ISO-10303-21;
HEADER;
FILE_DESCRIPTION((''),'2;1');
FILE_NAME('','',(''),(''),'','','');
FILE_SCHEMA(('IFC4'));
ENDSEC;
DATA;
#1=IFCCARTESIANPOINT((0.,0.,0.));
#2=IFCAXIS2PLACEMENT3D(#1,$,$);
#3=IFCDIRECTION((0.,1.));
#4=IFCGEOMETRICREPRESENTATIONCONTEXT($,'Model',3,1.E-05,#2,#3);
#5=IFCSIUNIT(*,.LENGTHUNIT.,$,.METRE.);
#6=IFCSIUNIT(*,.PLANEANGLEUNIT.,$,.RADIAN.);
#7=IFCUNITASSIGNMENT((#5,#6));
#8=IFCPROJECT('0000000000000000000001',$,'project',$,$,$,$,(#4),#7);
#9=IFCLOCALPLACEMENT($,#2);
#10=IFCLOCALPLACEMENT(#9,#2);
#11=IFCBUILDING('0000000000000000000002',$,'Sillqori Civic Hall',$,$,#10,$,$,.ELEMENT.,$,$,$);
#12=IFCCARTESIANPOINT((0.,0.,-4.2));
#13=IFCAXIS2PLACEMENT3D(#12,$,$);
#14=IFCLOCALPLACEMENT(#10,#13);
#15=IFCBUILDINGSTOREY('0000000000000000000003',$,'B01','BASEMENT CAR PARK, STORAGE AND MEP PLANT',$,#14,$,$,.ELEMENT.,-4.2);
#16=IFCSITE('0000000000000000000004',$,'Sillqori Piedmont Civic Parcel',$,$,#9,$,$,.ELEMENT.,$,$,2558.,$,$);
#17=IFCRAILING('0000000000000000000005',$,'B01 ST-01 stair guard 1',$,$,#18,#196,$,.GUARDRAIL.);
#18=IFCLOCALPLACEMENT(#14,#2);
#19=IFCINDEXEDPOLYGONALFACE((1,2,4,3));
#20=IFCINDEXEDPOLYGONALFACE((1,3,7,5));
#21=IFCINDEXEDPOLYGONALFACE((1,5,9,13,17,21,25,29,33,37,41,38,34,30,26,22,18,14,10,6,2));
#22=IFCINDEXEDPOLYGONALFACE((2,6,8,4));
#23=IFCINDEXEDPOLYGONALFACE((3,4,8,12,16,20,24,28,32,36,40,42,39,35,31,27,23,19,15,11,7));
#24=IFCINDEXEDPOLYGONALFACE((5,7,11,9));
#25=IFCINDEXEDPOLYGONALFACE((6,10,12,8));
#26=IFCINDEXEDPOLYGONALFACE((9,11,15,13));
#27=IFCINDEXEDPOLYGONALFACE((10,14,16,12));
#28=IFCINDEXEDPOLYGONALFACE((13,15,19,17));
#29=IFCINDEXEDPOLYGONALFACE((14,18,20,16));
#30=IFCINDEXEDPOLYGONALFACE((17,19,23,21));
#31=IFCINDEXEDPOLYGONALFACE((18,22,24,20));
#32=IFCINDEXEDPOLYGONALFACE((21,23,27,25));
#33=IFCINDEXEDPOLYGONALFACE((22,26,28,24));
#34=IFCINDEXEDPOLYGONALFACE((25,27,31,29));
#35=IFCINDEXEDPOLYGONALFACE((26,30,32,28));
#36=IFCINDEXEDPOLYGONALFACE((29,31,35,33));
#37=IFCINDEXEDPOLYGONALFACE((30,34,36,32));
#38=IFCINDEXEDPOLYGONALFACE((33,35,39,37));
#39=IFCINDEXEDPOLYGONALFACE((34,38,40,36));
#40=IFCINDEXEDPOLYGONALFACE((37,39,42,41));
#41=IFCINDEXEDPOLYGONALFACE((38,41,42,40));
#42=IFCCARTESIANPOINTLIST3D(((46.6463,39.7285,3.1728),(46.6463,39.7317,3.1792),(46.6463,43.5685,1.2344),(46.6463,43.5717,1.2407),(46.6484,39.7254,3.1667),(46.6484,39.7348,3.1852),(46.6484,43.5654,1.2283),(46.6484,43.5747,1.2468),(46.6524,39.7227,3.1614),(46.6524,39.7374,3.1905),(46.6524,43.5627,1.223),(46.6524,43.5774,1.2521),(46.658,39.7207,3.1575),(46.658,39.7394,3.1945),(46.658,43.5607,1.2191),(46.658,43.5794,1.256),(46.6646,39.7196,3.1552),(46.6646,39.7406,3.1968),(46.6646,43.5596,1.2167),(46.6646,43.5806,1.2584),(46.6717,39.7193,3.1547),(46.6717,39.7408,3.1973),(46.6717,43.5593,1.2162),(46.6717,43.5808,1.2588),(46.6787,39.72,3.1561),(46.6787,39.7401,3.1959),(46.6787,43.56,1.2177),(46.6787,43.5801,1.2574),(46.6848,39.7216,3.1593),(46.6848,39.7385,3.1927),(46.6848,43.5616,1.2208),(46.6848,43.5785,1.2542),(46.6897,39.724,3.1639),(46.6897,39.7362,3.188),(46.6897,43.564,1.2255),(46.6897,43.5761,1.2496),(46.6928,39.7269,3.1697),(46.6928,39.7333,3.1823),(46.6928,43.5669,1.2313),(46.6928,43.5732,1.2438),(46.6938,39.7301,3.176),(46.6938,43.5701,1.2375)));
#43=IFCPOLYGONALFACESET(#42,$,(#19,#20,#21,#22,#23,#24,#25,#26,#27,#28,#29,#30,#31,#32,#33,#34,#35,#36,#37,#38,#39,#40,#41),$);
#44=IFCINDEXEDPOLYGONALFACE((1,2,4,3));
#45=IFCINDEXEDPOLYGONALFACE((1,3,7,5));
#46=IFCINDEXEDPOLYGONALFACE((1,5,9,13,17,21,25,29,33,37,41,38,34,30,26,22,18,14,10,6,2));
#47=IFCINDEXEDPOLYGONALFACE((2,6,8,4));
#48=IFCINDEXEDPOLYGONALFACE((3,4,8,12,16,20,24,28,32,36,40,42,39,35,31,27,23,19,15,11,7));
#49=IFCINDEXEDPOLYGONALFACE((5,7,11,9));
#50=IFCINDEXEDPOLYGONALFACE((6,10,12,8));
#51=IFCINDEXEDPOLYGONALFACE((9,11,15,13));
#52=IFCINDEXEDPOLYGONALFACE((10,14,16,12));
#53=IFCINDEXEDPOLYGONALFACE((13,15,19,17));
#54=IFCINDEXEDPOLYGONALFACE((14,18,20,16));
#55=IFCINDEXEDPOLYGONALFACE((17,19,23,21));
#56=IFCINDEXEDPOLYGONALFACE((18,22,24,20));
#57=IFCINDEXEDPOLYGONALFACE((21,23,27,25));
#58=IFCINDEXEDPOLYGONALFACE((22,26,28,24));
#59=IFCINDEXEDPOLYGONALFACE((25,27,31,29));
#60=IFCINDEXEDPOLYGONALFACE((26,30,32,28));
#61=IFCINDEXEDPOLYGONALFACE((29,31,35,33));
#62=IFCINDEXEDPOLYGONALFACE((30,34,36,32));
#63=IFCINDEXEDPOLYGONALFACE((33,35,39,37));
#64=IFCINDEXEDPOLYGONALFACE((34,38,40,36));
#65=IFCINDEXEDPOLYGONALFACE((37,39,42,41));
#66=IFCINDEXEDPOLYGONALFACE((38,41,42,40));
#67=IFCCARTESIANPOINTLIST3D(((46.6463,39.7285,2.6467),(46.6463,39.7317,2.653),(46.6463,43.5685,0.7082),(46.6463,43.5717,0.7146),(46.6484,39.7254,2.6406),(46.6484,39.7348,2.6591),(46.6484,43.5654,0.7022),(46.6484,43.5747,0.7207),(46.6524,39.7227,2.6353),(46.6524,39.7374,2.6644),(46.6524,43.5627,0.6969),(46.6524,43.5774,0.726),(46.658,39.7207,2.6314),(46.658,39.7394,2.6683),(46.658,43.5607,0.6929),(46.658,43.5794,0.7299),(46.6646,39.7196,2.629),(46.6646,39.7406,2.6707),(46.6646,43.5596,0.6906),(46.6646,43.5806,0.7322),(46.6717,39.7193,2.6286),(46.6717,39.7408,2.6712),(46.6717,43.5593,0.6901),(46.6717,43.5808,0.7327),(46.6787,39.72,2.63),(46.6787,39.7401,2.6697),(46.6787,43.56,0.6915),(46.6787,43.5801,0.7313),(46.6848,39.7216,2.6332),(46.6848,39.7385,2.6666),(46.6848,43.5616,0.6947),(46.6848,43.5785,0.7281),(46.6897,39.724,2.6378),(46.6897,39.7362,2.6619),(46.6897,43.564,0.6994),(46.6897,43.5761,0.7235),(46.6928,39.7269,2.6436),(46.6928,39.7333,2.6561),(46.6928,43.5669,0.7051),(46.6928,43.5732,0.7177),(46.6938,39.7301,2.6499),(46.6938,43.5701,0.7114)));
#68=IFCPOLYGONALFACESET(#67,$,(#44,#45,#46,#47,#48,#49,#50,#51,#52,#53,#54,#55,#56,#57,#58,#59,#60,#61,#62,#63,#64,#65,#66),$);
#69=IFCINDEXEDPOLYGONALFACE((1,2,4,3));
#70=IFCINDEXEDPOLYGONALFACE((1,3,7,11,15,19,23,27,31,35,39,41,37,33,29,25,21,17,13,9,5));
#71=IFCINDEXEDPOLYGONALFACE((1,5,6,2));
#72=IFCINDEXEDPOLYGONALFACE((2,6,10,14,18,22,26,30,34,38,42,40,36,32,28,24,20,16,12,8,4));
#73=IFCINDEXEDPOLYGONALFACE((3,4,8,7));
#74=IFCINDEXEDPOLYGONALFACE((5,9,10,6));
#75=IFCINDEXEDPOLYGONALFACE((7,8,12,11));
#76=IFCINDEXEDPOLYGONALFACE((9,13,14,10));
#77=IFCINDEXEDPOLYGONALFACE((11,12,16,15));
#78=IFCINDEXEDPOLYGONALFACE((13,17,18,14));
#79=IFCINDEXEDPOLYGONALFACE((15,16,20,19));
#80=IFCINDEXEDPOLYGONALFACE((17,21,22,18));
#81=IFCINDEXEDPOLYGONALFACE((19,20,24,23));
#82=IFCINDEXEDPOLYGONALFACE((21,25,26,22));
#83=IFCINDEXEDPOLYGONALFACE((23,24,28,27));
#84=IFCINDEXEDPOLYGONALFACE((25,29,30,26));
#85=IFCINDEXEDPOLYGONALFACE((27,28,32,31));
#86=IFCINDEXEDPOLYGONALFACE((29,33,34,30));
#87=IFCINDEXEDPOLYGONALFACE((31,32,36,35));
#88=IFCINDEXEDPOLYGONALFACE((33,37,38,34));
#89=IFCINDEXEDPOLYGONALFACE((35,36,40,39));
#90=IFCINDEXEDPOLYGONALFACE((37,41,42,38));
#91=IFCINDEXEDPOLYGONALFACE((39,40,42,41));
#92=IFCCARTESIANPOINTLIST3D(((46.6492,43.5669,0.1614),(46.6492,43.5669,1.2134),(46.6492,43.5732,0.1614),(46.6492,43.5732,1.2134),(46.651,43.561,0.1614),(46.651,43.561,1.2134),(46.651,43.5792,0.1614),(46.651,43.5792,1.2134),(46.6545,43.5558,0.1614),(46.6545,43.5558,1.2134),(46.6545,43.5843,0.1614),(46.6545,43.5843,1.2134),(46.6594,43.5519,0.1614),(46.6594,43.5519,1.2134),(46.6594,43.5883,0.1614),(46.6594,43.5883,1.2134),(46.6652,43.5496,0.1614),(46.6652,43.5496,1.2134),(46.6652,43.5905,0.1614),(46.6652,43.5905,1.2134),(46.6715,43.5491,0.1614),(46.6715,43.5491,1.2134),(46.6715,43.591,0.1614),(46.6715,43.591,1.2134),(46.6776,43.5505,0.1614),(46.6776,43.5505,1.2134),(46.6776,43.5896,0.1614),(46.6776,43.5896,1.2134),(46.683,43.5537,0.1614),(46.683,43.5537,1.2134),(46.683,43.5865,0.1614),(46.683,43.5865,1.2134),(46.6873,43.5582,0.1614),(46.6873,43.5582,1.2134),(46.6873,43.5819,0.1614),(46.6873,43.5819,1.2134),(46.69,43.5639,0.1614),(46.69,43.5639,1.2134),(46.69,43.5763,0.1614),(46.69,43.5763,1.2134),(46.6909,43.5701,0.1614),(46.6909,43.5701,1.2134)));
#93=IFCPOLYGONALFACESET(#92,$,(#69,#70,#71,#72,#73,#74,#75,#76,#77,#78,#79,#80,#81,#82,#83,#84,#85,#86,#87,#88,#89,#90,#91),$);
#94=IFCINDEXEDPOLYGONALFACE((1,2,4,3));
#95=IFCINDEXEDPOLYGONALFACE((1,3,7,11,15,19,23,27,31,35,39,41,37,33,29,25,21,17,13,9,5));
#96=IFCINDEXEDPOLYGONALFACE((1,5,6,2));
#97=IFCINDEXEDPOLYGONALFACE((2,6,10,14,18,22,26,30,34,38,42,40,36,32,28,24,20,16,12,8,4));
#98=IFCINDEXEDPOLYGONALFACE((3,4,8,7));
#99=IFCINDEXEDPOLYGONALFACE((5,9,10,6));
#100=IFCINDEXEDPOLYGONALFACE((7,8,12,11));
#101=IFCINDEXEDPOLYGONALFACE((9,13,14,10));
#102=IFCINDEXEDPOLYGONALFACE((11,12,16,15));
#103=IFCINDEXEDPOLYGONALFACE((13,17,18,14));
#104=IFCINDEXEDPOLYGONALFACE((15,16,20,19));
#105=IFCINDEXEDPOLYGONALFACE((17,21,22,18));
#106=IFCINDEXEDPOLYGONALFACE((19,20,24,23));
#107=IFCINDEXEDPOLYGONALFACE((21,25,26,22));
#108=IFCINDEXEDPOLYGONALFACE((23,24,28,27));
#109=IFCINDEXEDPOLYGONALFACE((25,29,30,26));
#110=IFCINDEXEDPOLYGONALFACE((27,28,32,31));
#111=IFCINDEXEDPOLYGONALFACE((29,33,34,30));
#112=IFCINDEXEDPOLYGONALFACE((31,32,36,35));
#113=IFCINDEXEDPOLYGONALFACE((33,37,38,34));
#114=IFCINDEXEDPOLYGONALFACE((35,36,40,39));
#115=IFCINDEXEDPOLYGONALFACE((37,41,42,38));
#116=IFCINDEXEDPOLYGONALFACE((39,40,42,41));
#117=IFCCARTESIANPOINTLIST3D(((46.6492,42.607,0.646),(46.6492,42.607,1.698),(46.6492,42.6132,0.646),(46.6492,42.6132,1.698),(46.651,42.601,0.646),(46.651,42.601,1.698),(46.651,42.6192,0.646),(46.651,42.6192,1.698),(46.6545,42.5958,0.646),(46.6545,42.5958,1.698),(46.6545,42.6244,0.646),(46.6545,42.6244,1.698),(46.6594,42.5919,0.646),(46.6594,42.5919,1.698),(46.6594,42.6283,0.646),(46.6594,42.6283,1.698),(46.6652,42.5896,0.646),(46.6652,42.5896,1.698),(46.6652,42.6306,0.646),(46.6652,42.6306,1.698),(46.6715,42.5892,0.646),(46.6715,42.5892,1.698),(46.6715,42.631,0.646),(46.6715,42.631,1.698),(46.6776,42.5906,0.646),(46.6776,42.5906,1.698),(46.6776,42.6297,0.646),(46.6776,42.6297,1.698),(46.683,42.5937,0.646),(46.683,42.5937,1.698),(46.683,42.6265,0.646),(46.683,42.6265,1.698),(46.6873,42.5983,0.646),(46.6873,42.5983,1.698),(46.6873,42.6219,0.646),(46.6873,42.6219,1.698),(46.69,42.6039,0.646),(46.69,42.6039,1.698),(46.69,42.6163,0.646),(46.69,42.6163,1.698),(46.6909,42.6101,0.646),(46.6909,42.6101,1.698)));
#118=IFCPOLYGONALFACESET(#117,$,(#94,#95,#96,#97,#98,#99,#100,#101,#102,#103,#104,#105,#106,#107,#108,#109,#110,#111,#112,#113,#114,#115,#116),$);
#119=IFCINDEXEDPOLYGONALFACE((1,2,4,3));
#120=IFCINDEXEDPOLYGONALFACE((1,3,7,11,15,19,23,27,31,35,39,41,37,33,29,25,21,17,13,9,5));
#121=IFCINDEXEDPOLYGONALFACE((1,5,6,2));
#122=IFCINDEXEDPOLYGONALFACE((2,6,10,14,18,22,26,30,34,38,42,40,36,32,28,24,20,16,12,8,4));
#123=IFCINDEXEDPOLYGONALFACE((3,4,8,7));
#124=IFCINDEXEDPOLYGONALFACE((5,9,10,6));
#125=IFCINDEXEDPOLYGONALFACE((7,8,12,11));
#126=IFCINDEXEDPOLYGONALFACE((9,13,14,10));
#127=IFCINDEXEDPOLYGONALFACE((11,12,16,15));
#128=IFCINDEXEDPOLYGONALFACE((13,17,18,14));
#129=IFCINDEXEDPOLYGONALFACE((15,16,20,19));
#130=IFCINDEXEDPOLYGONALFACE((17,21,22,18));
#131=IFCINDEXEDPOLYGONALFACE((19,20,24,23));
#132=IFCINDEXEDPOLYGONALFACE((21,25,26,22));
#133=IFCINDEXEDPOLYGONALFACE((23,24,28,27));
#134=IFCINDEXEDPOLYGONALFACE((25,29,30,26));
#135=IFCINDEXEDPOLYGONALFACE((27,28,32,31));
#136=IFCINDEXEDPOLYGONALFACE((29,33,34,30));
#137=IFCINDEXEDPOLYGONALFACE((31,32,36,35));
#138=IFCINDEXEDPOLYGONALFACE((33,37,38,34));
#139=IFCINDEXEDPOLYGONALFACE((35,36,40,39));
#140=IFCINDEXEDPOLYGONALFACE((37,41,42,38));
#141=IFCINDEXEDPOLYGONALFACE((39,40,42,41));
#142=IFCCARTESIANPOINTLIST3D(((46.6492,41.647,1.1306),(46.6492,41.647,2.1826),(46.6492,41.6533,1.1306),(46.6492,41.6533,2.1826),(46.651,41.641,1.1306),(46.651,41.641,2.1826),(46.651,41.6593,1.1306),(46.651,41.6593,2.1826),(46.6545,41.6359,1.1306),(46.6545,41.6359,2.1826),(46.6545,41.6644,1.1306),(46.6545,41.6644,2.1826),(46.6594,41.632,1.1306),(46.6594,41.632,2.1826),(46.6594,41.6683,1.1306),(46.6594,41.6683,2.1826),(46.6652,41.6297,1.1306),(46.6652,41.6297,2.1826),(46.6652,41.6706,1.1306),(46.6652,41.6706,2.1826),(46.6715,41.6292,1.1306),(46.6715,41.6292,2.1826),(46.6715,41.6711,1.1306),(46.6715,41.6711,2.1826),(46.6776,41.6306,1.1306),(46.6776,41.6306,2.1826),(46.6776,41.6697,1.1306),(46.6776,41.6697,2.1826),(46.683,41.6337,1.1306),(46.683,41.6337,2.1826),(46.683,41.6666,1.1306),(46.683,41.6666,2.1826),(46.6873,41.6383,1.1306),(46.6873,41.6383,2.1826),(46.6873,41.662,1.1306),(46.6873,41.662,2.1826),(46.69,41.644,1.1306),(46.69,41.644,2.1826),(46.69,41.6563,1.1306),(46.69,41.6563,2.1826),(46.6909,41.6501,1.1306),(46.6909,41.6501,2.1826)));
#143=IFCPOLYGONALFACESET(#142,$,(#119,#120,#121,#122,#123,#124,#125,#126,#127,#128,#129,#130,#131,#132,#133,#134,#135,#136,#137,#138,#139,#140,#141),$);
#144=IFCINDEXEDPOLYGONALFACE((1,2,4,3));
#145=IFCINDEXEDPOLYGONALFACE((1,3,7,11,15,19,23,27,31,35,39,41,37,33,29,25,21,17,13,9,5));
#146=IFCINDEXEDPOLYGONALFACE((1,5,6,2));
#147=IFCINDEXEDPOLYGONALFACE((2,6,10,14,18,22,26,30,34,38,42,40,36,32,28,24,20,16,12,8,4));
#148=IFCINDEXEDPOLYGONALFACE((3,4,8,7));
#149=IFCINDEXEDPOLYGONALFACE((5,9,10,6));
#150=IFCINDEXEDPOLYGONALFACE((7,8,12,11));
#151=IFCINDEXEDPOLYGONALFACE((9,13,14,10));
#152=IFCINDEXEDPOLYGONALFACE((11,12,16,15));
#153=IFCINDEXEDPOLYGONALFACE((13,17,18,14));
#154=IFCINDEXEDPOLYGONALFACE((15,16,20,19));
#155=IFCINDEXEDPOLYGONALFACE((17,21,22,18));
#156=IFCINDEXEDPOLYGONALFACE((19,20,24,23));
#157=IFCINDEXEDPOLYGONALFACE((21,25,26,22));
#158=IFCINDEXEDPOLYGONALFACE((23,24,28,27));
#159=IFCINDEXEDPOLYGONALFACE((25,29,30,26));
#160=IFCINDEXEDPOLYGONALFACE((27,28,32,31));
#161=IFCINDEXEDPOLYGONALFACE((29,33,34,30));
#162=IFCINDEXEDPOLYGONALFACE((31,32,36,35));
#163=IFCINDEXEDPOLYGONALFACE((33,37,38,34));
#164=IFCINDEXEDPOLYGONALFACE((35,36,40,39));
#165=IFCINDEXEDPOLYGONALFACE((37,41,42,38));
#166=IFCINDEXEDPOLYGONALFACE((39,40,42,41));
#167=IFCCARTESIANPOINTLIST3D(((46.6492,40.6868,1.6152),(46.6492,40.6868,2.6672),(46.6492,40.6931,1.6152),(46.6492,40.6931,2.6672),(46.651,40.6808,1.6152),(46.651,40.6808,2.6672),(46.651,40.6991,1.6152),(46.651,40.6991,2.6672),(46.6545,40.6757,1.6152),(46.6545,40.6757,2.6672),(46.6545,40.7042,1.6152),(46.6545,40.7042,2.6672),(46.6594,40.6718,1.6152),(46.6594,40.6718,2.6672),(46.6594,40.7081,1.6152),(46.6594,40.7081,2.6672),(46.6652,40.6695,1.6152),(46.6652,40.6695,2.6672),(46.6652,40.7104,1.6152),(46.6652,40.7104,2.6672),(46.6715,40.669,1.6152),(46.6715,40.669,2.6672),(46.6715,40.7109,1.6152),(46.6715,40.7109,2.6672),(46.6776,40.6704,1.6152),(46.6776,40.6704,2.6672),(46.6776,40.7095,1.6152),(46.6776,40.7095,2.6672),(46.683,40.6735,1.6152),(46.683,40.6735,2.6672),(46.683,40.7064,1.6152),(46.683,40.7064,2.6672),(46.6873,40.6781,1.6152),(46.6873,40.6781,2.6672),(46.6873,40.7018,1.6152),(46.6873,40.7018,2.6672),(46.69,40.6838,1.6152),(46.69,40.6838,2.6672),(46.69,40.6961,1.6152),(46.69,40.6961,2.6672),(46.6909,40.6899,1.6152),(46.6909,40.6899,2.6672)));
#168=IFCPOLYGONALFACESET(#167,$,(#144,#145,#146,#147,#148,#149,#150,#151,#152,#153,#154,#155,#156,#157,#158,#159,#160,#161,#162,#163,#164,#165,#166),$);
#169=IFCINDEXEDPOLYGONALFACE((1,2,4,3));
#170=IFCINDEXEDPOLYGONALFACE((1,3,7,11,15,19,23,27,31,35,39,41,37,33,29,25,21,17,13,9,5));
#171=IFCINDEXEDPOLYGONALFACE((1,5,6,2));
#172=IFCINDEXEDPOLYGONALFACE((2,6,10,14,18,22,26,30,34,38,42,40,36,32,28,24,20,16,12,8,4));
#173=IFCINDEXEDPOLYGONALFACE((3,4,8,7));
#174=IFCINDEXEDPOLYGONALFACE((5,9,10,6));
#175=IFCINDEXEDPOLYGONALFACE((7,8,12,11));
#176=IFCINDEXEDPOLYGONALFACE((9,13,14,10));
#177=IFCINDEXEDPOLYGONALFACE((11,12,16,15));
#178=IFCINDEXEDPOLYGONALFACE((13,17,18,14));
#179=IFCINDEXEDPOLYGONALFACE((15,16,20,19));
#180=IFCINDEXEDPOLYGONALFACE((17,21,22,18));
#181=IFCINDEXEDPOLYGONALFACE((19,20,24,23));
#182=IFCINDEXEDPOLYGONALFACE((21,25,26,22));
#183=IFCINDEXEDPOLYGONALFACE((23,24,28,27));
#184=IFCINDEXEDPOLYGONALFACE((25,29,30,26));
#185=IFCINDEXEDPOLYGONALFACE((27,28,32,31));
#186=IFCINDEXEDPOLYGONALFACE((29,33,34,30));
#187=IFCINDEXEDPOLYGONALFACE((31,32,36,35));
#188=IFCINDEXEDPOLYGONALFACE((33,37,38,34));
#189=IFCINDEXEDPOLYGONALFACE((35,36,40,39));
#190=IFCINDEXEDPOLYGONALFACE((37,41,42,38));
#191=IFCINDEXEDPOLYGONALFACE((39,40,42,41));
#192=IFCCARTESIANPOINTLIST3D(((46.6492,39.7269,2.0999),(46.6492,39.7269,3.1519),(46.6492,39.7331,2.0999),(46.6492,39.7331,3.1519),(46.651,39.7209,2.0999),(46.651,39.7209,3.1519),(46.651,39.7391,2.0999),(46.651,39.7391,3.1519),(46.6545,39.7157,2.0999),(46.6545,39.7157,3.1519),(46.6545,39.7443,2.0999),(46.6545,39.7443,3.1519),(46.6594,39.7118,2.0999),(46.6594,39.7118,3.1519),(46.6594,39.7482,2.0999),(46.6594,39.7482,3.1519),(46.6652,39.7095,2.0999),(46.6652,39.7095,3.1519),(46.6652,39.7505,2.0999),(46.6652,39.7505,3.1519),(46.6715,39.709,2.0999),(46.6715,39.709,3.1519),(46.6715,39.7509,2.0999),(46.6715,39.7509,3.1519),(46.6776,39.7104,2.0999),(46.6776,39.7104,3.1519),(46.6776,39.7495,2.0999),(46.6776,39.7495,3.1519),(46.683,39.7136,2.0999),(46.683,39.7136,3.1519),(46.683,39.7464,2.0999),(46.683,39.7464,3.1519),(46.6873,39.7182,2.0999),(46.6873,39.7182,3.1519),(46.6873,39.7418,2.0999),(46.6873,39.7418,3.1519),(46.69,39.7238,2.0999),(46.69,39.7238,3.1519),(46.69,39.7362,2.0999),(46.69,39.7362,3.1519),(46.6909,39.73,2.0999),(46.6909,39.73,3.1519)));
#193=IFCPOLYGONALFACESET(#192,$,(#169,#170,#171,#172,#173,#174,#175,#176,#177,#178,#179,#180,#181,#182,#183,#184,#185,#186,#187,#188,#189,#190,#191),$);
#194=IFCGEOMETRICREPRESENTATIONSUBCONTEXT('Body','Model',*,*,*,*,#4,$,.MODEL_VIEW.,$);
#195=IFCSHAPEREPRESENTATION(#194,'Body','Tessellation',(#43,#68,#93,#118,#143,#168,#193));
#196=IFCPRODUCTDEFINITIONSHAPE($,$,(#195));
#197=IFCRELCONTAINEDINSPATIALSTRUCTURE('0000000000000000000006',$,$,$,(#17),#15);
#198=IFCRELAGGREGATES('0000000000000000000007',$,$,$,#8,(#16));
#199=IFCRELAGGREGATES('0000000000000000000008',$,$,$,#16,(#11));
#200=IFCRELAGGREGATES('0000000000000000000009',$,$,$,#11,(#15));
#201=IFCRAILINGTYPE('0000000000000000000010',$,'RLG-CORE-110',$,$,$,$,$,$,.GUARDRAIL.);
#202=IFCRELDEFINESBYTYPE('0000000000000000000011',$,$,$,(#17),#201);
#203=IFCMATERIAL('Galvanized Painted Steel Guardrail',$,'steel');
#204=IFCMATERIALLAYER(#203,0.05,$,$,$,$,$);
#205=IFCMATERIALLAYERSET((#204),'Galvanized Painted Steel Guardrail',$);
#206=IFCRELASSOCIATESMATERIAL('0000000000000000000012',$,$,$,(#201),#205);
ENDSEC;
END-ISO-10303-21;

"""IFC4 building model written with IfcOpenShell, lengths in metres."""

from ifc_helpers import new_model, si_unit, direction, frame, origin, origin_2d, place, context, subcontext, project, spatial, circle, extrude, material, layer, layer_set, type_object, element, save


model = new_model("IFC4")

# Units and contexts
model_context = context("Model", 3, precision=1e-05, world=origin(), true_north=direction((0.0, 1.0)))
body_context = subcontext(model_context, "Body", "Model", "MODEL_VIEW")
ifc_project = project(units=[si_unit("LENGTHUNIT", "METRE"), si_unit("PLANEANGLEUNIT", "RADIAN")], contexts=[model_context])

# Site, building, storey
site_placement = place(None, origin())
site = spatial("IfcSite", under=ifc_project, at=site_placement, Name="Sillqori Piedmont Civic Parcel", CompositionType="ELEMENT", RefElevation=2558.0)
building_placement = place(site_placement, origin())
building = spatial("IfcBuilding", under=site, at=building_placement, Name="Sillqori Civic Hall", CompositionType="ELEMENT")
storey_placement = place(building_placement, frame((0.0, 0.0, -4.2)))
storey = spatial("IfcBuildingStorey", under=building, at=storey_placement, Name="B01", Description="BASEMENT CAR PARK, STORAGE AND MEP PLANT", CompositionType="ELEMENT", Elevation=-4.2)

# Railing
ifc_material_1 = material(Name="Galvanized Painted Steel Guardrail", Category="steel")
ifc_layer_1 = layer(ifc_material_1, 0.05)
ifc_layer_set_1 = layer_set([ifc_layer_1], Name="Galvanized Painted Steel Guardrail")
railing_type_1 = type_object("IfcRailingType", Name="RLG-CORE-110", PredefinedType="GUARDRAIL", material=ifc_layer_set_1)
railing_1_placement = place(storey_placement, frame((46.6699, 43.5701, 0.1614)))
element("IfcRailing", 1, at=railing_1_placement, inside=storey, type_object=railing_type_1, Name="B01 ST-01 stair guard 1", PredefinedType="GUARDRAIL", context=body_context, shape_type="SweptSolid", body=[
    extrude(circle(Radius=0.0239, at=origin_2d()), frame((0.0, 0.0, 1.0762), z_axis=(0.0, -0.892707, 0.450638), x_axis=(1.0, 0.0, 0.0)), (0.0, 0.0, 1.0), 4.3015),
    extrude(circle(Radius=0.0239, at=origin_2d()), frame((0.0, 0.0, 0.55), z_axis=(0.0, -0.892707, 0.450638), x_axis=(1.0, 0.0, 0.0)), (0.0, 0.0, 1.0), 4.3015),
    extrude(circle(Radius=0.021, at=origin_2d()), origin(), (0.0, 0.0, 1.0), 1.052),
    extrude(circle(Radius=0.021, at=origin_2d()), frame((0.0, -0.96, 0.4846)), (0.0, 0.0, 1.0), 1.052),
    extrude(circle(Radius=0.021, at=origin_2d()), frame((0.0, -1.9199, 0.9692)), (0.0, 0.0, 1.0), 1.052),
    extrude(circle(Radius=0.021, at=origin_2d()), frame((0.0, -2.8801, 1.4539)), (0.0, 0.0, 1.0), 1.052),
    extrude(circle(Radius=0.021, at=origin_2d()), frame((0.0, -3.8401, 1.9385)), (0.0, 0.0, 1.0), 1.052),
])

save(model, "model.ifc")
